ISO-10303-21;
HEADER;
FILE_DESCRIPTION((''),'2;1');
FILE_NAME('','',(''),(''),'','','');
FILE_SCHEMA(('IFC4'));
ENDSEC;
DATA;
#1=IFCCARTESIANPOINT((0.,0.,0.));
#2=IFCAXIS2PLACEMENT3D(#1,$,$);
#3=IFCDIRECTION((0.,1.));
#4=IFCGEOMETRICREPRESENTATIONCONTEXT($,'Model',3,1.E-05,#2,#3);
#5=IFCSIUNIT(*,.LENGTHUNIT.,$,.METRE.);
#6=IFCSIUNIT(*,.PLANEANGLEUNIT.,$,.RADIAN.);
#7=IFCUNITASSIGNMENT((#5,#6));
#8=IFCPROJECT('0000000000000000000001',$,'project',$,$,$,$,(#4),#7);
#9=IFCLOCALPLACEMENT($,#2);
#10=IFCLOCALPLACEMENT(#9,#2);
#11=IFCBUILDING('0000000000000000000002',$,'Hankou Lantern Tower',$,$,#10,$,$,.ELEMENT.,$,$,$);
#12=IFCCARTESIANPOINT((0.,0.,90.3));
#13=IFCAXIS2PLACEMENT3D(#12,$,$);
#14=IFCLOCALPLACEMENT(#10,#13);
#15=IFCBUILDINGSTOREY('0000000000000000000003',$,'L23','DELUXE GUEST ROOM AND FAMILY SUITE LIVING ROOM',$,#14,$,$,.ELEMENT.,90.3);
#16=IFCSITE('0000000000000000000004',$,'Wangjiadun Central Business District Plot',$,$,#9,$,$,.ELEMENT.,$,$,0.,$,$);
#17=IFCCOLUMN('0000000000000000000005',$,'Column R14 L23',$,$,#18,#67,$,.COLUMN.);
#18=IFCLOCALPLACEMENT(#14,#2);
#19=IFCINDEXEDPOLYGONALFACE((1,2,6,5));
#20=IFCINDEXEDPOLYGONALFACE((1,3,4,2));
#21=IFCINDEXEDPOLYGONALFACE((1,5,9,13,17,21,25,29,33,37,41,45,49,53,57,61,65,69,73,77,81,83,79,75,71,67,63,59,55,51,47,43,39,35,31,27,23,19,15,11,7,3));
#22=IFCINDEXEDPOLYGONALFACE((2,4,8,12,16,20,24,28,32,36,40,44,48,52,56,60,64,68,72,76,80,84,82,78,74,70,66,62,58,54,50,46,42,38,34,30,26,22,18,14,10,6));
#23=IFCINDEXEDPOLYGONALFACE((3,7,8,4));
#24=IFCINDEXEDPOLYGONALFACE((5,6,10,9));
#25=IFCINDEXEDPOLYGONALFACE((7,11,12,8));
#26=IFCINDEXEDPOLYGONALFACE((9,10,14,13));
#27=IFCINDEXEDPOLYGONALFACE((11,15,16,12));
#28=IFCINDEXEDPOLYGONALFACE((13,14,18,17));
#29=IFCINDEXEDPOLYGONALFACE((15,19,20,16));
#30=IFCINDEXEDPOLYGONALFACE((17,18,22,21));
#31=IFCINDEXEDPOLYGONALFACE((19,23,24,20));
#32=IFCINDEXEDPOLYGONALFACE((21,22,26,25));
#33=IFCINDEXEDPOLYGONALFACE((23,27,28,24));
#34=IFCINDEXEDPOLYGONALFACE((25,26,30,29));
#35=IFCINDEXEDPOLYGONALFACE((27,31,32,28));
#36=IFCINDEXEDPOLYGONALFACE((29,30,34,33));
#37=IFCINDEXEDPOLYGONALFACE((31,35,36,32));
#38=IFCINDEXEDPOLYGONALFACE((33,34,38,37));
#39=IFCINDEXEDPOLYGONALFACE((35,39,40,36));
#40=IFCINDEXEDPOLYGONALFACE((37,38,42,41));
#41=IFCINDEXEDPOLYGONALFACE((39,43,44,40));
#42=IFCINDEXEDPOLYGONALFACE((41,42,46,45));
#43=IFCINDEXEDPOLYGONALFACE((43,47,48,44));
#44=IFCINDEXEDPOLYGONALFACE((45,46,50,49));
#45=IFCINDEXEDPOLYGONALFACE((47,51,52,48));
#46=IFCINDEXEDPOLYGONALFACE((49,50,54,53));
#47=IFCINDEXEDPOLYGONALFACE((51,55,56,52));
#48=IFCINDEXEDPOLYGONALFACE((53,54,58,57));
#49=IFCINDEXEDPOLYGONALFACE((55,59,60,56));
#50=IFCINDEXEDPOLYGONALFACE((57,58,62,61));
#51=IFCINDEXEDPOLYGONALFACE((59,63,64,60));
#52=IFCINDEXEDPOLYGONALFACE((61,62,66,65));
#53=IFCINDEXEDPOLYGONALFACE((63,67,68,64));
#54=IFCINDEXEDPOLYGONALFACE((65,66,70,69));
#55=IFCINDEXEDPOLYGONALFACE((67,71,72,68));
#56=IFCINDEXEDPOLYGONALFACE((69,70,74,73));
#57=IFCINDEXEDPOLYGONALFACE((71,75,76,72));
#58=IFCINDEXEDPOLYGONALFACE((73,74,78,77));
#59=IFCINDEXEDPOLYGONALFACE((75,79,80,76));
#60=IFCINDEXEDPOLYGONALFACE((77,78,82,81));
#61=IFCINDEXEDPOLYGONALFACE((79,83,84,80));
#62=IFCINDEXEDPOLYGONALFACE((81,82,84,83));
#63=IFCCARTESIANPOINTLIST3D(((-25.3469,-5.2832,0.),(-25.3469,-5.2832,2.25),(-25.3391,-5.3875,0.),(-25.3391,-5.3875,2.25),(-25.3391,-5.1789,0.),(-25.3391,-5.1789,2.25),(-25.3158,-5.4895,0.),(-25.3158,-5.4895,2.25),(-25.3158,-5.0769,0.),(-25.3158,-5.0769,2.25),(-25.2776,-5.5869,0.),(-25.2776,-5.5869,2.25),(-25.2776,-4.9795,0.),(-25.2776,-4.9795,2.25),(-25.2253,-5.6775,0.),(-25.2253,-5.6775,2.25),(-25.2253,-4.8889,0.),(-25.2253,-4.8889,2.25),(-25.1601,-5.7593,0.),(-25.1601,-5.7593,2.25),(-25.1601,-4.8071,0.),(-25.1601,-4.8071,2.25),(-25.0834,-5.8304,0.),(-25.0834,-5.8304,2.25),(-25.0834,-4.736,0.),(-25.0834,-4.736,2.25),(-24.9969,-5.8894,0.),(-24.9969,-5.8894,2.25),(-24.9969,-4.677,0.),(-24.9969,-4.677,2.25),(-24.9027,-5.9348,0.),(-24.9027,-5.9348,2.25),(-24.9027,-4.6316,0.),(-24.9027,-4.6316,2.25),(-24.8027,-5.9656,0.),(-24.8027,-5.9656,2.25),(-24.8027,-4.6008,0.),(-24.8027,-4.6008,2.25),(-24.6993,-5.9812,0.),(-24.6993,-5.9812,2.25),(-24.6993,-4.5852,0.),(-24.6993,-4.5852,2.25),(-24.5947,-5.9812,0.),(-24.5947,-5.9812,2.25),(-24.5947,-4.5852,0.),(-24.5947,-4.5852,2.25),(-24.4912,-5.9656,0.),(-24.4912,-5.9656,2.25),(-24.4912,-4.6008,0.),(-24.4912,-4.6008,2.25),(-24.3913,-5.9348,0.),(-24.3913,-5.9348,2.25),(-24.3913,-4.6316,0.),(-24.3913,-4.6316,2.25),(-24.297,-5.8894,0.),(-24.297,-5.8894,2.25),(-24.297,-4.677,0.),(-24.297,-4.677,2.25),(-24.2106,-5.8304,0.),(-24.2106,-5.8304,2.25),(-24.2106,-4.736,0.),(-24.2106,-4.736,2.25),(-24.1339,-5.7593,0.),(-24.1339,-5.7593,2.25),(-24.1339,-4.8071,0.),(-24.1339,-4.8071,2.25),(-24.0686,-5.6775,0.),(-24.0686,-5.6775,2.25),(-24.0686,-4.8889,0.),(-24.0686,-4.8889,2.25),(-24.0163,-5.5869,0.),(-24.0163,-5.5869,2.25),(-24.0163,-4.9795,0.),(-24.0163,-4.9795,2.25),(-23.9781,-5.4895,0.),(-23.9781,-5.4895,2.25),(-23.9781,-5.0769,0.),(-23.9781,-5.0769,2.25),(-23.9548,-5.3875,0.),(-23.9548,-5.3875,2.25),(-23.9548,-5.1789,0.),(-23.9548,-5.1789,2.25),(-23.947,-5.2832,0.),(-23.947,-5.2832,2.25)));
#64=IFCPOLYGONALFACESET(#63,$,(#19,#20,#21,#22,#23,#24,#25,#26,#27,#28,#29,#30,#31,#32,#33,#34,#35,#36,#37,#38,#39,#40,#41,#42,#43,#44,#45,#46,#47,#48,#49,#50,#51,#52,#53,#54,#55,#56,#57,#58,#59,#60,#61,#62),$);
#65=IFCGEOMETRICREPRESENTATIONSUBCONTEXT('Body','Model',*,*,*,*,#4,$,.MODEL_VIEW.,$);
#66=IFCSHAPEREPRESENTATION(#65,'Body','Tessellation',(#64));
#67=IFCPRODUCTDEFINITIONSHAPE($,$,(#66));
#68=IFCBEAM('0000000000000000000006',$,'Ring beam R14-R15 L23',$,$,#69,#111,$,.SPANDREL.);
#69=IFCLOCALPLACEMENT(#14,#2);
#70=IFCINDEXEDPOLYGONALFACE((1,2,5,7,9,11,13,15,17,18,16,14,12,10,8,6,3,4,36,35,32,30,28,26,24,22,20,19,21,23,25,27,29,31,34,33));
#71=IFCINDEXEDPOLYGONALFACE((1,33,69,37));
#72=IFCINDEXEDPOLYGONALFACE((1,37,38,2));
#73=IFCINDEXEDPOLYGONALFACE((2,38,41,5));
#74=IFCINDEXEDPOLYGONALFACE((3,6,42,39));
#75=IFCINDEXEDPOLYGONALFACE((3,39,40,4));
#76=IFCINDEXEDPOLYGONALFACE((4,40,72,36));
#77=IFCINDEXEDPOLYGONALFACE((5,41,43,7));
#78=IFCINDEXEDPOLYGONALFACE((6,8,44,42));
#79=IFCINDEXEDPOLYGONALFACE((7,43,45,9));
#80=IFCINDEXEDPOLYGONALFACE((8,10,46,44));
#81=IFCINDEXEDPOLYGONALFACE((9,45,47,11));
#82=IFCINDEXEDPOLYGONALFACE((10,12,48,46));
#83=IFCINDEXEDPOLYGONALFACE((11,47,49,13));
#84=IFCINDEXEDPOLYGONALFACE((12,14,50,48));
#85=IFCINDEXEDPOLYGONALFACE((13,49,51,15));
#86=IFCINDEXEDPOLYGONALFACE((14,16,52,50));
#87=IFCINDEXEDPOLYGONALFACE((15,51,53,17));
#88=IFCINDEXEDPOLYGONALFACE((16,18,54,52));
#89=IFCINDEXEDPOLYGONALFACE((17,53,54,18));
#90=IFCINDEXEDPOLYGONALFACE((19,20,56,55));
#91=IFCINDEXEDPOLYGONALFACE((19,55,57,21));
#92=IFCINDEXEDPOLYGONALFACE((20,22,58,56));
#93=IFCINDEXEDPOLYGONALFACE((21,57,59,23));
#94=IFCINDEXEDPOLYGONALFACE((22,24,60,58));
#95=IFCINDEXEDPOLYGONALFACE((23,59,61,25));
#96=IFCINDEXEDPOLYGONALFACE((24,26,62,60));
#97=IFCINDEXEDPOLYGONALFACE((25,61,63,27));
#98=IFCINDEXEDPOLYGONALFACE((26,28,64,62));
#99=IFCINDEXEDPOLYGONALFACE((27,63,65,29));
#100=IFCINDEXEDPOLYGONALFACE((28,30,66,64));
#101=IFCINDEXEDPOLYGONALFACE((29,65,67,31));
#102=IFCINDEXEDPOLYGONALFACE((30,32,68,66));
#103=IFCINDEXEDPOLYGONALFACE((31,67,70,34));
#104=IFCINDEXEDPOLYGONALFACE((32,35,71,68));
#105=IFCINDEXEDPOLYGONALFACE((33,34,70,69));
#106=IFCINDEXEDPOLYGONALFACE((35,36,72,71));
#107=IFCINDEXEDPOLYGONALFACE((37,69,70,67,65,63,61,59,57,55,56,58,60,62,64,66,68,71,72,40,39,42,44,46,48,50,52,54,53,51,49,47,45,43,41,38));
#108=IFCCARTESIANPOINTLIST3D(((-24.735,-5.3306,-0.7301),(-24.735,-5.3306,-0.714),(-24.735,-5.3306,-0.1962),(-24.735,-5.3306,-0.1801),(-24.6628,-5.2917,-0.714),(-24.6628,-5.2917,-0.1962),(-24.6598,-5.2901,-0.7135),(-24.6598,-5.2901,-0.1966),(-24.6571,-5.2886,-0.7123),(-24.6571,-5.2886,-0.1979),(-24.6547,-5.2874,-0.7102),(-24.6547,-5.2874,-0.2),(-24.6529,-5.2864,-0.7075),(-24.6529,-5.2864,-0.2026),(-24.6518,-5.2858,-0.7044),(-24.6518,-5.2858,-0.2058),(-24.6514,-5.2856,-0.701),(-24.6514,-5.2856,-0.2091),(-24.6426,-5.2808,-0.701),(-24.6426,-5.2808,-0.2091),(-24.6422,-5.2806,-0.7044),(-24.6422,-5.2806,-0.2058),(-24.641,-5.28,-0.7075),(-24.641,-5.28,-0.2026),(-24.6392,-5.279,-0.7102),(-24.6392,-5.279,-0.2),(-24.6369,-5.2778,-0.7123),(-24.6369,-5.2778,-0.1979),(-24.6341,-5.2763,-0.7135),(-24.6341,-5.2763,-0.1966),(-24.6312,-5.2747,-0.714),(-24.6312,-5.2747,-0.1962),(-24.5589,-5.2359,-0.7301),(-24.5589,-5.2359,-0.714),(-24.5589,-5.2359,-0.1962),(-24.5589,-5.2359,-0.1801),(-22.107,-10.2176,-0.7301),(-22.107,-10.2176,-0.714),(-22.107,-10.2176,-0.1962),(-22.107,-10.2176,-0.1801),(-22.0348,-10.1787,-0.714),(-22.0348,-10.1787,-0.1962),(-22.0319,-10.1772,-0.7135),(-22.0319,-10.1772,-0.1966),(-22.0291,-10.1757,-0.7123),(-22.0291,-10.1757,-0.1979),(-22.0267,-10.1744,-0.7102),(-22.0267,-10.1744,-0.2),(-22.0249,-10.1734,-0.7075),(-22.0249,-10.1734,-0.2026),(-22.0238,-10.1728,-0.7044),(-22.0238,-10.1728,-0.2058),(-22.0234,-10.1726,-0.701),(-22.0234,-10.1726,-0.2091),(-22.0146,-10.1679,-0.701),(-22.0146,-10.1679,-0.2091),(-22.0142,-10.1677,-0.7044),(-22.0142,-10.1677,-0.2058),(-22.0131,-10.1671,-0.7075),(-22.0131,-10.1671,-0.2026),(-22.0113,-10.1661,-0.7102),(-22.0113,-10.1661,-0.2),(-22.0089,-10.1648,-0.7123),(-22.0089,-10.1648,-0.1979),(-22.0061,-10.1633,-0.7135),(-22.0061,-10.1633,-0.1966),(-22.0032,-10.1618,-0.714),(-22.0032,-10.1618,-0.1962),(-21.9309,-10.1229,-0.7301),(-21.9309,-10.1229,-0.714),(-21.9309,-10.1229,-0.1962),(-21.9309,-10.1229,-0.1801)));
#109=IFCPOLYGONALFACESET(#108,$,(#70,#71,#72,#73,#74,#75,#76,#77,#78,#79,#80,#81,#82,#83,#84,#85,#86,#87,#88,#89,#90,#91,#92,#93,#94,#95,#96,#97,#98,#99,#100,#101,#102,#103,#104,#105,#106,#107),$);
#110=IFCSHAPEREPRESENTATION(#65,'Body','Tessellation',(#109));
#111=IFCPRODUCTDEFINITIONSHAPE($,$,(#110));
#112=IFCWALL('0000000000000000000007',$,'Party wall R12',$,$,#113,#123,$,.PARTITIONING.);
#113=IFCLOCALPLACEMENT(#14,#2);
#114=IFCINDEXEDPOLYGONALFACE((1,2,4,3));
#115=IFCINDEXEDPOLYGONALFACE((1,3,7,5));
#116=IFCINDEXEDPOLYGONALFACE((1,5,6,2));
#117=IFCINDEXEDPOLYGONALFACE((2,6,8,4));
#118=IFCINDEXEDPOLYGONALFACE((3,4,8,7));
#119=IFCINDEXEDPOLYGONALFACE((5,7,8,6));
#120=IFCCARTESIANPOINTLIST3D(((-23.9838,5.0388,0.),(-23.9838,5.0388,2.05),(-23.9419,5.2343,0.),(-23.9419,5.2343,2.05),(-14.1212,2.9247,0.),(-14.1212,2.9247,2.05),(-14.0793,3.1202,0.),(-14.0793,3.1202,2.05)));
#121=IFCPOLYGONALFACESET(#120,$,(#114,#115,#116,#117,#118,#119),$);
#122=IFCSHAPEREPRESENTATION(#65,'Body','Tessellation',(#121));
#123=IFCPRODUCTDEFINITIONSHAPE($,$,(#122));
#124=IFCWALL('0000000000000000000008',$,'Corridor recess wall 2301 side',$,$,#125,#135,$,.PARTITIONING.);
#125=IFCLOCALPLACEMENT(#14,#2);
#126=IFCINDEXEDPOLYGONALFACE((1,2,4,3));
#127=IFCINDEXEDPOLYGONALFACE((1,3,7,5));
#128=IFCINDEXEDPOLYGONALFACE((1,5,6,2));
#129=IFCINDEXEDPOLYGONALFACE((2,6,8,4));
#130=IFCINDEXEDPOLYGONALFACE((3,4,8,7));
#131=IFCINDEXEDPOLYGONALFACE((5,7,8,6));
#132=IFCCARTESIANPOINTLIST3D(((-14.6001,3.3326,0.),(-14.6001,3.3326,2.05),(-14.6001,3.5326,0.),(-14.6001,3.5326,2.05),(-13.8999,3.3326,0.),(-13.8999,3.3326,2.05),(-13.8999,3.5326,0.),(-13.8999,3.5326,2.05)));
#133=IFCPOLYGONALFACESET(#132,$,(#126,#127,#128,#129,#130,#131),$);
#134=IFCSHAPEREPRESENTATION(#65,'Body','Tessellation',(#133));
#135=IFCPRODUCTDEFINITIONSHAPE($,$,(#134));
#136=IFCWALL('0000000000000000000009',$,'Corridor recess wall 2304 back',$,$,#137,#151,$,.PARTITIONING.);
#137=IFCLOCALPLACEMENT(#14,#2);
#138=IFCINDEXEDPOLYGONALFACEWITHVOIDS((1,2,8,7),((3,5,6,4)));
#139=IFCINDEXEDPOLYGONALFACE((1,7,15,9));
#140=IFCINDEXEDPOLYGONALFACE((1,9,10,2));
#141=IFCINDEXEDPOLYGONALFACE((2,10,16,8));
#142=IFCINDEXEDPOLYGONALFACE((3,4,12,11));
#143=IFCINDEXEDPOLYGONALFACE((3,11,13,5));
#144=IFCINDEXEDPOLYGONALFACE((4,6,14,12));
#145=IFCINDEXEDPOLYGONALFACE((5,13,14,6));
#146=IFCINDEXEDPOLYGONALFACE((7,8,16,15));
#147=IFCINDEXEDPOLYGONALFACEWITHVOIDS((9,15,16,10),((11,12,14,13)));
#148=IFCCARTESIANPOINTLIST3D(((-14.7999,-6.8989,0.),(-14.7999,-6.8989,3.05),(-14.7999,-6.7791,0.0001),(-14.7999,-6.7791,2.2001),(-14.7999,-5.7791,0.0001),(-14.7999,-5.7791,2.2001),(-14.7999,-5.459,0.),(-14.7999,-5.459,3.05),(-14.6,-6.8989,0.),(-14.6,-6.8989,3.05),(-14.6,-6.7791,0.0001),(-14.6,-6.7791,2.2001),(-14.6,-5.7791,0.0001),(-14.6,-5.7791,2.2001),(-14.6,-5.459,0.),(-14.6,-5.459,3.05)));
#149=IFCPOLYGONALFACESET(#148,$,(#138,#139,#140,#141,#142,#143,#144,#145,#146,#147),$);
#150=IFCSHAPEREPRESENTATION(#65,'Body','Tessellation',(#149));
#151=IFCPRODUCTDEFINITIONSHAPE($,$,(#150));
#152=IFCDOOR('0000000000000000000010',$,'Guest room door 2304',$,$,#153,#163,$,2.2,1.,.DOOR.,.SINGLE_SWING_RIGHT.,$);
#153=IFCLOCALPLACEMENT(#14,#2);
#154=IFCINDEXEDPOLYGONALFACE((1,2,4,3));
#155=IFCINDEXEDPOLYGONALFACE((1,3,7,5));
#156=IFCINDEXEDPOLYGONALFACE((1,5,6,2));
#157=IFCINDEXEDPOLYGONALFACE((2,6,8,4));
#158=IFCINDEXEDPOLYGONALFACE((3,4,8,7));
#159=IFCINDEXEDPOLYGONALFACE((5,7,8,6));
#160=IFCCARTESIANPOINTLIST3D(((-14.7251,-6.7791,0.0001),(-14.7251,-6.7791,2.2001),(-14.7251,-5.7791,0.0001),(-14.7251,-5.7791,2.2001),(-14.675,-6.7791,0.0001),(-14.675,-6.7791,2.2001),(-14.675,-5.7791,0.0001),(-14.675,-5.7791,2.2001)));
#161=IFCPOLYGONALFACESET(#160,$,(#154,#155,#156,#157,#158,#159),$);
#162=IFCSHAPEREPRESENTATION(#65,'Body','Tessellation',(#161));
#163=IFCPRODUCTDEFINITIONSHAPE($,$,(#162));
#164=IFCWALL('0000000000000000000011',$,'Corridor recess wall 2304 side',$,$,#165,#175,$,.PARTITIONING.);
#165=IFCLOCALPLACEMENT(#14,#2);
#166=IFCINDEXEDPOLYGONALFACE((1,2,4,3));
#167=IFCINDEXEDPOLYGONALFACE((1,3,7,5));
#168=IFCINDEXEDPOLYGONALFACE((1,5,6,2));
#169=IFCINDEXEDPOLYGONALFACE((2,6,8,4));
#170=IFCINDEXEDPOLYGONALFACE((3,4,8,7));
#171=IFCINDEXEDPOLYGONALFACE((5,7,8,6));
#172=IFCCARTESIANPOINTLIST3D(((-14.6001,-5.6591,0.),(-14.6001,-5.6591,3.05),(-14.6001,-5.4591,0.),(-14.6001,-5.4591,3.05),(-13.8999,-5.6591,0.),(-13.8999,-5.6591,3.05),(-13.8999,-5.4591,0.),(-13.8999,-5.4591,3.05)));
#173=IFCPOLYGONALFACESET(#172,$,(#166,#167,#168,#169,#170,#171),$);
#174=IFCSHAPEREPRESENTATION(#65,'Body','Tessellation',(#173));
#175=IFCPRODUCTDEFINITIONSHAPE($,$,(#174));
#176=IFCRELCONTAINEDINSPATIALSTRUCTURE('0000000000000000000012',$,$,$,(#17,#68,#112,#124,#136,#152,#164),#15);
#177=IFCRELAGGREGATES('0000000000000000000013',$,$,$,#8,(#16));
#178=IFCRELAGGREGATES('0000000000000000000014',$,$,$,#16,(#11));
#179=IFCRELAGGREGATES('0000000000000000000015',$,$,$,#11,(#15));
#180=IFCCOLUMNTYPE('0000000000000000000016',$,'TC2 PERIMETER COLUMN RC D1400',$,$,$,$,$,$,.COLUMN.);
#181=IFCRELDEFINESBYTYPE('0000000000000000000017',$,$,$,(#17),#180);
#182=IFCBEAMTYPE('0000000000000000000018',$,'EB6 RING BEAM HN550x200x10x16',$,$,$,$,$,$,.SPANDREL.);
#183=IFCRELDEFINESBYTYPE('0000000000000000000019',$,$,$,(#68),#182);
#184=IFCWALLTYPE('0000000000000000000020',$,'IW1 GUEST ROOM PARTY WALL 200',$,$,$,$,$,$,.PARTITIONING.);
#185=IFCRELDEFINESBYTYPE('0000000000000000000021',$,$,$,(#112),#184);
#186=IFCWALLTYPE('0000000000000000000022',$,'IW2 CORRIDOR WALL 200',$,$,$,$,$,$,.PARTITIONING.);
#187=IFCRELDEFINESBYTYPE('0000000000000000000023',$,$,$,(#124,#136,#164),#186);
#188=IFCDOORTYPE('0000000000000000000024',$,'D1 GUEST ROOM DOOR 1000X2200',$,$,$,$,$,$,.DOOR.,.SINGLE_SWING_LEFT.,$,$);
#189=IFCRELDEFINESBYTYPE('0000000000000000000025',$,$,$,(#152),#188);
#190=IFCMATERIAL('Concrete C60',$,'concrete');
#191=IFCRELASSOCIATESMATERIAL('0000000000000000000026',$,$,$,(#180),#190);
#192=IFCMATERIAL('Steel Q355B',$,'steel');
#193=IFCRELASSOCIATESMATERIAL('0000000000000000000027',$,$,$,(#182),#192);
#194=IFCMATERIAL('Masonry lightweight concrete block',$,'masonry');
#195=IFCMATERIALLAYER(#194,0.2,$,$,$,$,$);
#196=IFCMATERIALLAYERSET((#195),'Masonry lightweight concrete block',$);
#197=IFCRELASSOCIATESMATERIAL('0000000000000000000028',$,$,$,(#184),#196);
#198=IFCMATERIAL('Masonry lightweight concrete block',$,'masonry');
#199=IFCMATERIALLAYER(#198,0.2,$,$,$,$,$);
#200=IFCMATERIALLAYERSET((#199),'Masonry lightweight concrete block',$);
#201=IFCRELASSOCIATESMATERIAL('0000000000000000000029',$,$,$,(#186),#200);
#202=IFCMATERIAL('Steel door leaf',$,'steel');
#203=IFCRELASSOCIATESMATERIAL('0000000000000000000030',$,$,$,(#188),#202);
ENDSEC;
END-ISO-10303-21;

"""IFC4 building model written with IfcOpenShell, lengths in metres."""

from ifc_helpers import new_model, si_unit, direction, frame, frame_2d, origin, origin_2d, place, context, subcontext, project, spatial, rectangle, circle, i_section, extrude, clip, halfspace, material, layer, layer_set, material_profile, profile_set, type_object, element, fill, save


model = new_model("IFC4")

# Units and contexts
model_context = context("Model", 3, precision=1e-05, world=origin(), true_north=direction((0.0, 1.0)))
body_context = subcontext(model_context, "Body", "Model", "MODEL_VIEW")
ifc_project = project(units=[si_unit("LENGTHUNIT", "METRE"), si_unit("PLANEANGLEUNIT", "RADIAN")], contexts=[model_context])

# Site, building, storey
site_placement = place(None, origin())
site = spatial("IfcSite", under=ifc_project, at=site_placement, Name="Wangjiadun Central Business District Plot", CompositionType="ELEMENT", RefElevation=0.0)
building_placement = place(site_placement, origin())
building = spatial("IfcBuilding", under=site, at=building_placement, Name="Hankou Lantern Tower", CompositionType="ELEMENT")
storey_placement = place(building_placement, frame((0.0, 0.0, 90.3)))
storey = spatial("IfcBuildingStorey", under=building, at=storey_placement, Name="L23", Description="DELUXE GUEST ROOM AND FAMILY SUITE LIVING ROOM", CompositionType="ELEMENT", Elevation=90.3)

# Column
ifc_material_1 = material(Name="Concrete C60", Category="concrete")
ifc_material_profile_1 = material_profile(ifc_material_1, circle(Radius=0.7, at=origin_2d()), Name="RC D1400")
ifc_profile_set_1 = profile_set([ifc_material_profile_1], Name="Concrete C60")
column_type = type_object("IfcColumnType", Name="TC2 PERIMETER COLUMN RC D1400", PredefinedType="COLUMN", material=ifc_profile_set_1)
column_placement = place(storey_placement, frame((-24.647, -5.2832, 0.0), z_axis=(0.0, 0.0, 1.0), x_axis=(1.0, 0.0, 0.0)))
element("IfcColumn", 1, at=column_placement, inside=storey, type_object=column_type, Name="Column R14 L23", PredefinedType="COLUMN", context=body_context, shape_type="Clipping", body=[
    clip(extrude(circle(Radius=0.7, at=origin_2d()), origin(), (0.0, 0.0, 1.0), 3.3), halfspace(frame((0.0, 0.0, 2.25), z_axis=(0.0, 0.0, 1.0), x_axis=(1.0, 0.0, 0.0)), False)),
])

# Beam
ifc_material_2 = material(Name="Steel Q355B", Category="steel")
ifc_material_profile_2 = material_profile(ifc_material_2, i_section(OverallWidth=0.2, OverallDepth=0.55, WebThickness=0.01, FlangeThickness=0.0161, FilletRadius=0.0129, at=origin_2d()), Name="HN550x200x10x16")
ifc_profile_set_2 = profile_set([ifc_material_profile_2], Name="Steel Q355B")
beam_type = type_object("IfcBeamType", Name="EB6 RING BEAM HN550x200x10x16", PredefinedType="SPANDREL", material=ifc_profile_set_2)
beam_placement = place(storey_placement, frame((-24.647, -5.2832, -0.4551), z_axis=(0.473609, -0.880735, 0.0), x_axis=(0.880735, 0.473609, 0.0)))
element("IfcBeam", 2, at=beam_placement, inside=storey, type_object=beam_type, Name="Ring beam R14-R15 L23", PredefinedType="SPANDREL", context=body_context, shape_type="SweptSolid", body=[
    extrude(i_section(OverallWidth=0.2, OverallDepth=0.55, WebThickness=0.01, FlangeThickness=0.0161, FilletRadius=0.0129, at=origin_2d()), origin(), (0.0, 0.0, 1.0), 5.5488),
])

# Walls
ifc_material_3 = material(Name="Masonry lightweight concrete block", Category="masonry")
ifc_layer_1 = layer(ifc_material_3, 0.2)
ifc_layer_set_1 = layer_set([ifc_layer_1], Name="Masonry lightweight concrete block")
wall_type_1 = type_object("IfcWallType", Name="IW1 GUEST ROOM PARTY WALL 200", PredefinedType="PARTITIONING", material=ifc_layer_set_1)
wall_1_placement = place(storey_placement, frame((-14.1001, 3.0225, 0.0), z_axis=(0.0, 0.0, 1.0), x_axis=(-0.97779, 0.209587, 0.0)))
element("IfcWall", 3, at=wall_1_placement, inside=storey, type_object=wall_type_1, Name="Party wall R12", PredefinedType="PARTITIONING", context=body_context, shape_type="SweptSolid", body=[
    extrude(rectangle(XDim=10.0867, YDim=0.2, at=frame_2d((5.0435, 0.0))), origin(), (0.0, 0.0, 1.0), 2.05),
])
ifc_material_4 = material(Name="Masonry lightweight concrete block", Category="masonry")
ifc_layer_2 = layer(ifc_material_4, 0.2)
ifc_layer_set_2 = layer_set([ifc_layer_2], Name="Masonry lightweight concrete block")
wall_type_2 = type_object("IfcWallType", Name="IW2 CORRIDOR WALL 200", PredefinedType="PARTITIONING", material=ifc_layer_set_2)
wall_2_placement = place(storey_placement, frame((-13.8999, 3.4326, 0.0), z_axis=(0.0, 0.0, 1.0), x_axis=(-1.0, 0.0, 0.0)))
element("IfcWall", 4, at=wall_2_placement, inside=storey, type_object=wall_type_2, Name="Corridor recess wall 2301 side", PredefinedType="PARTITIONING", context=body_context, shape_type="SweptSolid", body=[
    extrude(rectangle(XDim=0.7002, YDim=0.2, at=frame_2d((0.3501, 0.0))), origin(), (0.0, 0.0, 1.0), 2.05),
])

# Wall, opening, door
wall_3_placement = place(storey_placement, frame((-14.7, -5.459, 0.0), z_axis=(0.0, 0.0, 1.0), x_axis=(0.0, -1.0, 0.0)))
wall_3 = element("IfcWall", 5, at=wall_3_placement, inside=storey, type_object=wall_type_2, Name="Corridor recess wall 2304 back", PredefinedType="PARTITIONING", context=body_context, shape_type="SweptSolid", body=[
    extrude(rectangle(XDim=1.4399, YDim=0.2, at=frame_2d((0.72, 0.0))), origin(), (0.0, 0.0, 1.0), 3.05),
])
opening_1_placement = place(wall_3_placement, frame((0.3201, 0.0, 0.0)))
opening_1 = element("IfcOpeningElement", 6, at=opening_1_placement, cuts=wall_3, PredefinedType="OPENING", context=body_context, shape_type="SweptSolid", body=[
    extrude(rectangle(XDim=1.0, YDim=2.2, at=frame_2d((0.5, 1.1001))), frame((0.0, 0.1099, 0.0), z_axis=(0.0, -1.0, 0.0), x_axis=(1.0, 0.0, 0.0)), (0.0, 0.0, 1.0), 0.22),
])
ifc_material_5 = material(Name="Steel door leaf", Category="steel")
door_type_1 = type_object("IfcDoorType", Name="D1 GUEST ROOM DOOR 1000X2200", OperationType="SINGLE_SWING_LEFT", PredefinedType="DOOR", material=ifc_material_5)
door_1_placement = place(opening_1_placement, origin())
door_1 = element("IfcDoor", 7, at=door_1_placement, inside=storey, type_object=door_type_1, Name="Guest room door 2304", OperationType="SINGLE_SWING_RIGHT", OverallHeight=2.2, OverallWidth=1.0, PredefinedType="DOOR", context=body_context, shape_type="SweptSolid", body=[
    extrude(rectangle(XDim=1.0, YDim=2.2, at=frame_2d((0.5, 1.1001))), frame((0.0, 0.0249, 0.0), z_axis=(0.0, -1.0, 0.0), x_axis=(1.0, 0.0, 0.0)), (0.0, 0.0, 1.0), 0.05),
])
fill(opening_1, door_1)

# Wall
wall_4_placement = place(storey_placement, frame((-13.8999, -5.5591, 0.0), z_axis=(0.0, 0.0, 1.0), x_axis=(-1.0, 0.0, 0.0)))
element("IfcWall", 8, at=wall_4_placement, inside=storey, type_object=wall_type_2, Name="Corridor recess wall 2304 side", PredefinedType="PARTITIONING", context=body_context, shape_type="SweptSolid", body=[
    extrude(rectangle(XDim=0.7002, YDim=0.2, at=frame_2d((0.3501, 0.0))), origin(), (0.0, 0.0, 1.0), 3.05),
])

save(model, "model.ifc")
